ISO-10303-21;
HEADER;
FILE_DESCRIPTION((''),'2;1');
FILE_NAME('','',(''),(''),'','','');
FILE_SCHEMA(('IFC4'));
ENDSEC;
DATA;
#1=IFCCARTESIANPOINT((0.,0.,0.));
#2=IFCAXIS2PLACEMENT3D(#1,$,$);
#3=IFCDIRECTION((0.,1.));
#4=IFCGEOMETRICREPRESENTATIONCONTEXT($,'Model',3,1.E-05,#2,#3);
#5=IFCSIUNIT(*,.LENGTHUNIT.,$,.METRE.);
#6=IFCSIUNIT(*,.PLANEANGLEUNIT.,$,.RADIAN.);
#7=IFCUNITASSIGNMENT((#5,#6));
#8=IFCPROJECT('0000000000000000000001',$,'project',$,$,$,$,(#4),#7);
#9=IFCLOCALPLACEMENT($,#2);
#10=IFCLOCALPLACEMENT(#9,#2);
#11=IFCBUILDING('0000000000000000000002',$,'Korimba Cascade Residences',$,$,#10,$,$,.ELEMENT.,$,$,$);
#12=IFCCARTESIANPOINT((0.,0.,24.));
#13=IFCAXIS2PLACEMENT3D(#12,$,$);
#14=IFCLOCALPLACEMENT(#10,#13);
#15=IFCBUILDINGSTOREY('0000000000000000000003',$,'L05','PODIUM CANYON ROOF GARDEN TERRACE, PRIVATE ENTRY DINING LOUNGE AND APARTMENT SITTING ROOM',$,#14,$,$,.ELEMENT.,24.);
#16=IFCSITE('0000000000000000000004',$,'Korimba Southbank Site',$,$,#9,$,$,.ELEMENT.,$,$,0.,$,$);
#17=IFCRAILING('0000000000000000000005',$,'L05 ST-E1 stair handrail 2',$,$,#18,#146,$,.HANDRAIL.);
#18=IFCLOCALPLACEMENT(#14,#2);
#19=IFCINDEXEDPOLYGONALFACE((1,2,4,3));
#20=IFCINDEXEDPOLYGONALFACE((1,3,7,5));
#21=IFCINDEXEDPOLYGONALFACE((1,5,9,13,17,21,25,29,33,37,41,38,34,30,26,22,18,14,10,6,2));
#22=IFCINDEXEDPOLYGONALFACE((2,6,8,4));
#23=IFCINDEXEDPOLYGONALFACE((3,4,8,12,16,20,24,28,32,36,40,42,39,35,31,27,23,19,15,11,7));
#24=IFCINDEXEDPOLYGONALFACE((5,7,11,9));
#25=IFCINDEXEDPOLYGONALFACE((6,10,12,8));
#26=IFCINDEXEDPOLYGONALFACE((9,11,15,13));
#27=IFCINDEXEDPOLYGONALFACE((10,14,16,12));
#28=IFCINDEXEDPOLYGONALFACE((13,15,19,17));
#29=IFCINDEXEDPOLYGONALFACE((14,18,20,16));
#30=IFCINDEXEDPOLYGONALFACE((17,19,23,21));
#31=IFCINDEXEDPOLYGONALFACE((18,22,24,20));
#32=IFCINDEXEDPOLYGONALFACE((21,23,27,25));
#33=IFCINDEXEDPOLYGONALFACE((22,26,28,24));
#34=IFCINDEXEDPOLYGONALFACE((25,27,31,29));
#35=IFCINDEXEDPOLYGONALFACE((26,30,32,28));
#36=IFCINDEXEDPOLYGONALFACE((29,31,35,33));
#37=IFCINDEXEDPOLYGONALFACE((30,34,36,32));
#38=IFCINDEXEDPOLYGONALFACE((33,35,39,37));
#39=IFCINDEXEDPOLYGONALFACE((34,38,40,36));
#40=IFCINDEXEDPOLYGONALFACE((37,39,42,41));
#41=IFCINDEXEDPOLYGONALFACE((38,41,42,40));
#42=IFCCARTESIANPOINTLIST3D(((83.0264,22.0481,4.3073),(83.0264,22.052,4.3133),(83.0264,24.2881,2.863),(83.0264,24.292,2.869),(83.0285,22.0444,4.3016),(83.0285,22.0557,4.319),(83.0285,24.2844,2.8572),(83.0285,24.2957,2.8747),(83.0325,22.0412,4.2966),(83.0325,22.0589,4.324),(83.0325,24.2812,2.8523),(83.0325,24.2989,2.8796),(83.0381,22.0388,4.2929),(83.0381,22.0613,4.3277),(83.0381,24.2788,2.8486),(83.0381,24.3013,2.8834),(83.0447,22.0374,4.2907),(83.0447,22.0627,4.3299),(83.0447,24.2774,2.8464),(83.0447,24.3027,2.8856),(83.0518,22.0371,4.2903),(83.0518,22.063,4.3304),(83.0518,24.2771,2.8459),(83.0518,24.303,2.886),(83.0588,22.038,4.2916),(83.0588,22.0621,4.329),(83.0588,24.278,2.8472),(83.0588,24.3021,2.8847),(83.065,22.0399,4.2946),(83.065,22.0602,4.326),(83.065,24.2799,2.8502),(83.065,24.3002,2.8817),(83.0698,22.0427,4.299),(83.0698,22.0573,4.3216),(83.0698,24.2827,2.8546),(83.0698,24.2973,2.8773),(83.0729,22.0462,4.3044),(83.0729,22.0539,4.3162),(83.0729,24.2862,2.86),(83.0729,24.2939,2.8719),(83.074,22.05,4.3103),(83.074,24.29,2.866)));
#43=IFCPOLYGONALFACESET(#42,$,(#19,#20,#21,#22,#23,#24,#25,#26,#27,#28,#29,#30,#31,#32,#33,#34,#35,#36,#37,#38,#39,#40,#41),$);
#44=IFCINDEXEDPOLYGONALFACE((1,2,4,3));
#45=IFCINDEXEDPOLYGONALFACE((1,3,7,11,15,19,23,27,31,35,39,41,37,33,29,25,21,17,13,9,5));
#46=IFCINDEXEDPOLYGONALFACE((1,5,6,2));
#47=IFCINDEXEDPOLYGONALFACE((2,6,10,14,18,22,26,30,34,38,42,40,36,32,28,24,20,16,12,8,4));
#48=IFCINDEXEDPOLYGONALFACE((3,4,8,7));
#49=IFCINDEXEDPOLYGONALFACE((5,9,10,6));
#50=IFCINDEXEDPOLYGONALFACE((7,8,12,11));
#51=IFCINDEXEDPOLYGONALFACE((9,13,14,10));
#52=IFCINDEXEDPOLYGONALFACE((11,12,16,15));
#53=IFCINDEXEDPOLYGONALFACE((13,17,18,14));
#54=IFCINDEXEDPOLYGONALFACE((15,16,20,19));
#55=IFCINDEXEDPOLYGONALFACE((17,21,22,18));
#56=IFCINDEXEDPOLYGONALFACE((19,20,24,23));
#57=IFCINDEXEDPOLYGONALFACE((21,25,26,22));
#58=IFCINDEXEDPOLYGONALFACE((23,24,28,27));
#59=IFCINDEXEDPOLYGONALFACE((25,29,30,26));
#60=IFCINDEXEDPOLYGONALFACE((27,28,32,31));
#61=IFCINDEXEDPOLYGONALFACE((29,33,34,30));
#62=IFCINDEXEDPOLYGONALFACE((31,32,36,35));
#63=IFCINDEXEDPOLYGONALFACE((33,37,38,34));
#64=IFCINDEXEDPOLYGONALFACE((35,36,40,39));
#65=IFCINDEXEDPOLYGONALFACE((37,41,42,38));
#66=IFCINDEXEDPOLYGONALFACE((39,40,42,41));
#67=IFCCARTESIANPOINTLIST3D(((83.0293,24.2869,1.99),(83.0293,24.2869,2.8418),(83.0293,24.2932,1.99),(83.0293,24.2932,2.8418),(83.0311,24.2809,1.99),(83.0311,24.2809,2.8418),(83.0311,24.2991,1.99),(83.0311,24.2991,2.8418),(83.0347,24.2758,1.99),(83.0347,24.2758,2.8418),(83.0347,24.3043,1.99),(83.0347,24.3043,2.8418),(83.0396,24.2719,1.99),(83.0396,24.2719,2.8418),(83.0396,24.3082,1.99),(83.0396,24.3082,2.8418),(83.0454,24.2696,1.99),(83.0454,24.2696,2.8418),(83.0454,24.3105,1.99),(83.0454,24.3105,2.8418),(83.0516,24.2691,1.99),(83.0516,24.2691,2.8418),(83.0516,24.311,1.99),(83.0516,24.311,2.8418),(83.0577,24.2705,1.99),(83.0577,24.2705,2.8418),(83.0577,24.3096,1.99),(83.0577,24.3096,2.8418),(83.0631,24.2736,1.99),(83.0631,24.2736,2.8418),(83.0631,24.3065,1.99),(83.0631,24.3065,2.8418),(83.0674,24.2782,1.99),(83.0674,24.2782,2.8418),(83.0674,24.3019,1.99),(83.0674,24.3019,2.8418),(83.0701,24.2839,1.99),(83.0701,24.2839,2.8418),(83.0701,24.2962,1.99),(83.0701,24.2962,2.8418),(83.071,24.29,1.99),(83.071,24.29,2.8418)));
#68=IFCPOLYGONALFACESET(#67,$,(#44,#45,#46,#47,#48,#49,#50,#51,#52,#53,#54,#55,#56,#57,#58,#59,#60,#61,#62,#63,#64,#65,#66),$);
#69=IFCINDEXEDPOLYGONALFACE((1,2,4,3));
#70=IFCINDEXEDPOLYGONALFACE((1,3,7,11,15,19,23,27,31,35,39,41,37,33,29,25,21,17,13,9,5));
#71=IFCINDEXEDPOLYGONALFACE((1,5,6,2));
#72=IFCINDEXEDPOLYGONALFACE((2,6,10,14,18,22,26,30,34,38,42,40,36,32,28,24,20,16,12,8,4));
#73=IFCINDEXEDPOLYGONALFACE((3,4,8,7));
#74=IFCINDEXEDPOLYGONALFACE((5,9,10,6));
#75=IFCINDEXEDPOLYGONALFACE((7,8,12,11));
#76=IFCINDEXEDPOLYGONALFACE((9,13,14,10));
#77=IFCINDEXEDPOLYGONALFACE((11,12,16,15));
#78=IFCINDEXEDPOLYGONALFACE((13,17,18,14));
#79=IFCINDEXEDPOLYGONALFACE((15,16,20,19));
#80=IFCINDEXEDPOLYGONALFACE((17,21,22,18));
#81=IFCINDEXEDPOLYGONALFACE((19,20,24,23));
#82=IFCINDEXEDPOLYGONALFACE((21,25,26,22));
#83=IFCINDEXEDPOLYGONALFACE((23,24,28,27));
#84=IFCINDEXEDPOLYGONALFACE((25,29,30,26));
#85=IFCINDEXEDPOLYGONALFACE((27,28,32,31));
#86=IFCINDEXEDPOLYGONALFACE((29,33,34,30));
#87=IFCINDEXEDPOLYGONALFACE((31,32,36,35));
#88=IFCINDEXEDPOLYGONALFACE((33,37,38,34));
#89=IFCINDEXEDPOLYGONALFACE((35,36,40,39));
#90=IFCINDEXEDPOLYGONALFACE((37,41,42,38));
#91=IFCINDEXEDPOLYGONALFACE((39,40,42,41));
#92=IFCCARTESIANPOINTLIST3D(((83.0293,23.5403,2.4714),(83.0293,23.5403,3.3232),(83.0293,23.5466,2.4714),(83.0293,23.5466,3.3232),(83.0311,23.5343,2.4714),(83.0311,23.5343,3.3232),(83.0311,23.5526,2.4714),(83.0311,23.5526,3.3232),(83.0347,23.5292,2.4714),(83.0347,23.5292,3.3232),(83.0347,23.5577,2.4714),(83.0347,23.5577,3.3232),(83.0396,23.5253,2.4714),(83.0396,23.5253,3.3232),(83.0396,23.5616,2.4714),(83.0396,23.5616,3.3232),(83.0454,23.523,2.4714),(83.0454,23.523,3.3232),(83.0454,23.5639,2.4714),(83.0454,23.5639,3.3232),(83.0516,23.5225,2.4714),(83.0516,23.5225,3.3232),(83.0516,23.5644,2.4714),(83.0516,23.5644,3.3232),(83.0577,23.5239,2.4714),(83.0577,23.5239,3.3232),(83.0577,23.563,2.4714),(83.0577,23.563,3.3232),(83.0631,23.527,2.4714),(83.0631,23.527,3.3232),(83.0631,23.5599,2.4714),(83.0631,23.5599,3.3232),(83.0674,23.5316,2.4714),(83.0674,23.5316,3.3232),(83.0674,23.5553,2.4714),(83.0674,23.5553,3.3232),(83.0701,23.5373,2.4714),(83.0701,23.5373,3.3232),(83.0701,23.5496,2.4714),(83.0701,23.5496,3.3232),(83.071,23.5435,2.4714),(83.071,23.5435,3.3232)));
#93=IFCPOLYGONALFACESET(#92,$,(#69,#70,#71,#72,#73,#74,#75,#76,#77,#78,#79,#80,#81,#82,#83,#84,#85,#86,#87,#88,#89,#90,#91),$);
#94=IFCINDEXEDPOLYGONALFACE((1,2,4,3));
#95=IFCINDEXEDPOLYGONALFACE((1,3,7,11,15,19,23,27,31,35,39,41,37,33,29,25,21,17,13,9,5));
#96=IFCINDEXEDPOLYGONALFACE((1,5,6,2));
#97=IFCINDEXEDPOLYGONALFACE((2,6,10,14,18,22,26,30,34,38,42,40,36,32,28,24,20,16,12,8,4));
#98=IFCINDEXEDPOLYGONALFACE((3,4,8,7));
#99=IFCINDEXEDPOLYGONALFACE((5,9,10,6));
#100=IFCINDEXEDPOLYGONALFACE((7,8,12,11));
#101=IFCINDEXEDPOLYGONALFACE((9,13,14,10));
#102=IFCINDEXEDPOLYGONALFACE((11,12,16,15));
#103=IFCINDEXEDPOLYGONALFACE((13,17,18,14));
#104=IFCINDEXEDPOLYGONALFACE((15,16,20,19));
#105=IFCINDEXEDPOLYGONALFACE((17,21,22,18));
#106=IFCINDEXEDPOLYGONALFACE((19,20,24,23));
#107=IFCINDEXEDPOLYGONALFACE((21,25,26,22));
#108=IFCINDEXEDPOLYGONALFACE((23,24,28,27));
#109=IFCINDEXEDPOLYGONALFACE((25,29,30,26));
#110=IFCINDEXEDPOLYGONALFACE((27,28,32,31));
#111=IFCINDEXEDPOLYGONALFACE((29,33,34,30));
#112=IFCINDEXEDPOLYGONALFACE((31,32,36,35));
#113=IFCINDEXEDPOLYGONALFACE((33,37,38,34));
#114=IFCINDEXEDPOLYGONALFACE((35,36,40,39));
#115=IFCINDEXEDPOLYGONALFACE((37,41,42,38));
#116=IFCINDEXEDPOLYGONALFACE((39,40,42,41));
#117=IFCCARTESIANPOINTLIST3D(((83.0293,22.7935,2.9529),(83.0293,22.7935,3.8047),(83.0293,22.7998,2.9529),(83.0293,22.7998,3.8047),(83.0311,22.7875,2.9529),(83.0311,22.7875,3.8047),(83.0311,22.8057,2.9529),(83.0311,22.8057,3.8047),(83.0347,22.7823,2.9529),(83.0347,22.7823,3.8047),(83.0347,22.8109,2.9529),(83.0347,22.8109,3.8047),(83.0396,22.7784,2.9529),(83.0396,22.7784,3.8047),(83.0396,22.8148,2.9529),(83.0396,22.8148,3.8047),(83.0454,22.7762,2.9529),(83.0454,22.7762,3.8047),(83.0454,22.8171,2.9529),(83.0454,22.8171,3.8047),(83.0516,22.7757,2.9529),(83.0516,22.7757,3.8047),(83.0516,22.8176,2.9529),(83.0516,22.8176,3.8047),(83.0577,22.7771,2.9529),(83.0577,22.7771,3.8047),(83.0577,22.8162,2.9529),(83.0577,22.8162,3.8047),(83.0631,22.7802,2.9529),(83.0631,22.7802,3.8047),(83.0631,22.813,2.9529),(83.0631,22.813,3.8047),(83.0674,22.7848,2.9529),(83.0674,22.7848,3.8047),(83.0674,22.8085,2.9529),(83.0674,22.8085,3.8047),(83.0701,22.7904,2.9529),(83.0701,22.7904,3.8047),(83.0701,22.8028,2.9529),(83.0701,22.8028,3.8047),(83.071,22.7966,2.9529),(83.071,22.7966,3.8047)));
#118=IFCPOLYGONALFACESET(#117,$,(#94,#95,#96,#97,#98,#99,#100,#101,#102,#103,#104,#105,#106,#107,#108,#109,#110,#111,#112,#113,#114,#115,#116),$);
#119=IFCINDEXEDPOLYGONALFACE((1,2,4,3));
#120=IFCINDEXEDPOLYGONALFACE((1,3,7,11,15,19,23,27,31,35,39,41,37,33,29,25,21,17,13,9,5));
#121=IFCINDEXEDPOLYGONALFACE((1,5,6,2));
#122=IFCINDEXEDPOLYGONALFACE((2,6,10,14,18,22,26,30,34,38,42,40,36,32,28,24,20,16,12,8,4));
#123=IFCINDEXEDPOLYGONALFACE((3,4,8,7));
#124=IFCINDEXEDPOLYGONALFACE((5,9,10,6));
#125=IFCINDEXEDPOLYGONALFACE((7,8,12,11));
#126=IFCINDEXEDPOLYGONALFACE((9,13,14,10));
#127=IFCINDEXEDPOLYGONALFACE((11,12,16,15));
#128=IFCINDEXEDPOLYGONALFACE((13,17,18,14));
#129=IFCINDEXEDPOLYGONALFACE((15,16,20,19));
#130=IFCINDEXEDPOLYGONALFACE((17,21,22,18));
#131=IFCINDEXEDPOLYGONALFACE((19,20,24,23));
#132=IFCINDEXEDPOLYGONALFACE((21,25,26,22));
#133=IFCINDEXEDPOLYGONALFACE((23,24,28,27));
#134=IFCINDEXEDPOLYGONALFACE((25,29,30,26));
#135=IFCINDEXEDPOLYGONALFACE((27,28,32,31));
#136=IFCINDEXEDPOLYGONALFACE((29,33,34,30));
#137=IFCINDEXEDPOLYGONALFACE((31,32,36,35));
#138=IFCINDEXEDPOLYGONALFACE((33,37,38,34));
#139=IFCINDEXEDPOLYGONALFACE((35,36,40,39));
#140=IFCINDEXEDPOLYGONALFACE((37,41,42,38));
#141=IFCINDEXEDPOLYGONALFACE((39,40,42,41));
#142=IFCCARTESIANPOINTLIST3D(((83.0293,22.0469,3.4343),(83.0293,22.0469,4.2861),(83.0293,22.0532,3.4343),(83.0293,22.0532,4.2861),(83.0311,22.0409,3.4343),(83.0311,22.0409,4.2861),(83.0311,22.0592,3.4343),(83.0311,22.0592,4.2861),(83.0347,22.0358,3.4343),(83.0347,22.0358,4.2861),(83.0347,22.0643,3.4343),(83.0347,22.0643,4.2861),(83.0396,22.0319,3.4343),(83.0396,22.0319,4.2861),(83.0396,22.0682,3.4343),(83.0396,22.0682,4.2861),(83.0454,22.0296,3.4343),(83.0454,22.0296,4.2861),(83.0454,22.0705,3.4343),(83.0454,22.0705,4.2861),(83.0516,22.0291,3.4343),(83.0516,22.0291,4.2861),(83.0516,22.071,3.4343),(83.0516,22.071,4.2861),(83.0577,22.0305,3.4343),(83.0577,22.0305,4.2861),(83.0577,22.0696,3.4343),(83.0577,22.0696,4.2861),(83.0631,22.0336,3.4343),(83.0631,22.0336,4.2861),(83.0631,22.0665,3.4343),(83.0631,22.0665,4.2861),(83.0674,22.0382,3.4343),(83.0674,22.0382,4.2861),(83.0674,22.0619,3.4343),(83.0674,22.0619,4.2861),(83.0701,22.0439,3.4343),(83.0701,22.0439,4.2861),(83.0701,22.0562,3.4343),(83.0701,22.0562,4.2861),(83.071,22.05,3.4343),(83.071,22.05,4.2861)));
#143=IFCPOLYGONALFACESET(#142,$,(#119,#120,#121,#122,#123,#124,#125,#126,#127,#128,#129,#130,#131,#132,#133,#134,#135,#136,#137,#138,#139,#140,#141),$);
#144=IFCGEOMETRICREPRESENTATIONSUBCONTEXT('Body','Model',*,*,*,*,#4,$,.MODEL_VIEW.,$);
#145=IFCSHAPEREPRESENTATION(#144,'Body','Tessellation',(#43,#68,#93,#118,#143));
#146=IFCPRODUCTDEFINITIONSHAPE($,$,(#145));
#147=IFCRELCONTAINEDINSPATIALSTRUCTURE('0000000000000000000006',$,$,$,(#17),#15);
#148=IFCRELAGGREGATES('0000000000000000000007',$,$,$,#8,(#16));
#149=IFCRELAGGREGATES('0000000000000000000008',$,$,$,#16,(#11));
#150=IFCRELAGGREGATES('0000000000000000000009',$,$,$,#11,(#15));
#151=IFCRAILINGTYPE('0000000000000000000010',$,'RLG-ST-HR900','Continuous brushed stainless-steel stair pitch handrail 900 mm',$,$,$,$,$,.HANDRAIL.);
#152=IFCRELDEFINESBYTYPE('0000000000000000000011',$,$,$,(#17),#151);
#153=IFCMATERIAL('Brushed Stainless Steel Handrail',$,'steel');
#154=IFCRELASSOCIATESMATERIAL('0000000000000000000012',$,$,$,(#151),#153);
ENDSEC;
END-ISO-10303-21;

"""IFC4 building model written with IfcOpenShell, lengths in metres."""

from ifc_helpers import new_model, si_unit, direction, frame, origin, origin_2d, place, context, subcontext, project, spatial, circle, extrude, material, type_object, element, save


model = new_model("IFC4")

# Units and contexts
model_context = context("Model", 3, precision=1e-05, world=origin(), true_north=direction((0.0, 1.0)))
body_context = subcontext(model_context, "Body", "Model", "MODEL_VIEW")
ifc_project = project(units=[si_unit("LENGTHUNIT", "METRE"), si_unit("PLANEANGLEUNIT", "RADIAN")], contexts=[model_context])

# Site, building, storey
site_placement = place(None, origin())
site = spatial("IfcSite", under=ifc_project, at=site_placement, Name="Korimba Southbank Site", CompositionType="ELEMENT", RefElevation=0.0)
building_placement = place(site_placement, origin())
building = spatial("IfcBuilding", under=site, at=building_placement, Name="Korimba Cascade Residences", CompositionType="ELEMENT")
storey_placement = place(building_placement, frame((0.0, 0.0, 24.0)))
storey = spatial("IfcBuildingStorey", under=building, at=storey_placement, Name="L05", Description="PODIUM CANYON ROOF GARDEN TERRACE, PRIVATE ENTRY DINING LOUNGE AND APARTMENT SITTING ROOM", CompositionType="ELEMENT", Elevation=24.0)

# Railing
ifc_material_1 = material(Name="Brushed Stainless Steel Handrail", Category="steel")
railing_type_1 = type_object("IfcRailingType", Name="RLG-ST-HR900", Description="Continuous brushed stainless-steel stair pitch handrail 900 mm", PredefinedType="HANDRAIL", material=ifc_material_1)
railing_1_placement = place(storey_placement, frame((83.05, 24.29, 1.99)))
element("IfcRailing", 1, at=railing_1_placement, inside=storey, type_object=railing_type_1, Name="L05 ST-E1 stair handrail 2", PredefinedType="HANDRAIL", context=body_context, shape_type="SweptSolid", body=[
    extrude(circle(Radius=0.0239, at=origin_2d()), frame((0.0, 0.0, 0.876), z_axis=(0.0, -0.840437, 0.54191), x_axis=(1.0, 0.0, 0.0)), (0.0, 0.0, 1.0), 2.6653),
    extrude(circle(Radius=0.021, at=origin_2d()), origin(), (0.0, 0.0, 1.0), 0.8518),
    extrude(circle(Radius=0.021, at=origin_2d()), frame((0.0, -0.7466, 0.4814)), (0.0, 0.0, 1.0), 0.8518),
    extrude(circle(Radius=0.021, at=origin_2d()), frame((0.0, -1.4934, 0.9629)), (0.0, 0.0, 1.0), 0.8518),
    extrude(circle(Radius=0.021, at=origin_2d()), frame((0.0, -2.24, 1.4443)), (0.0, 0.0, 1.0), 0.8518),
])

save(model, "model.ifc")
